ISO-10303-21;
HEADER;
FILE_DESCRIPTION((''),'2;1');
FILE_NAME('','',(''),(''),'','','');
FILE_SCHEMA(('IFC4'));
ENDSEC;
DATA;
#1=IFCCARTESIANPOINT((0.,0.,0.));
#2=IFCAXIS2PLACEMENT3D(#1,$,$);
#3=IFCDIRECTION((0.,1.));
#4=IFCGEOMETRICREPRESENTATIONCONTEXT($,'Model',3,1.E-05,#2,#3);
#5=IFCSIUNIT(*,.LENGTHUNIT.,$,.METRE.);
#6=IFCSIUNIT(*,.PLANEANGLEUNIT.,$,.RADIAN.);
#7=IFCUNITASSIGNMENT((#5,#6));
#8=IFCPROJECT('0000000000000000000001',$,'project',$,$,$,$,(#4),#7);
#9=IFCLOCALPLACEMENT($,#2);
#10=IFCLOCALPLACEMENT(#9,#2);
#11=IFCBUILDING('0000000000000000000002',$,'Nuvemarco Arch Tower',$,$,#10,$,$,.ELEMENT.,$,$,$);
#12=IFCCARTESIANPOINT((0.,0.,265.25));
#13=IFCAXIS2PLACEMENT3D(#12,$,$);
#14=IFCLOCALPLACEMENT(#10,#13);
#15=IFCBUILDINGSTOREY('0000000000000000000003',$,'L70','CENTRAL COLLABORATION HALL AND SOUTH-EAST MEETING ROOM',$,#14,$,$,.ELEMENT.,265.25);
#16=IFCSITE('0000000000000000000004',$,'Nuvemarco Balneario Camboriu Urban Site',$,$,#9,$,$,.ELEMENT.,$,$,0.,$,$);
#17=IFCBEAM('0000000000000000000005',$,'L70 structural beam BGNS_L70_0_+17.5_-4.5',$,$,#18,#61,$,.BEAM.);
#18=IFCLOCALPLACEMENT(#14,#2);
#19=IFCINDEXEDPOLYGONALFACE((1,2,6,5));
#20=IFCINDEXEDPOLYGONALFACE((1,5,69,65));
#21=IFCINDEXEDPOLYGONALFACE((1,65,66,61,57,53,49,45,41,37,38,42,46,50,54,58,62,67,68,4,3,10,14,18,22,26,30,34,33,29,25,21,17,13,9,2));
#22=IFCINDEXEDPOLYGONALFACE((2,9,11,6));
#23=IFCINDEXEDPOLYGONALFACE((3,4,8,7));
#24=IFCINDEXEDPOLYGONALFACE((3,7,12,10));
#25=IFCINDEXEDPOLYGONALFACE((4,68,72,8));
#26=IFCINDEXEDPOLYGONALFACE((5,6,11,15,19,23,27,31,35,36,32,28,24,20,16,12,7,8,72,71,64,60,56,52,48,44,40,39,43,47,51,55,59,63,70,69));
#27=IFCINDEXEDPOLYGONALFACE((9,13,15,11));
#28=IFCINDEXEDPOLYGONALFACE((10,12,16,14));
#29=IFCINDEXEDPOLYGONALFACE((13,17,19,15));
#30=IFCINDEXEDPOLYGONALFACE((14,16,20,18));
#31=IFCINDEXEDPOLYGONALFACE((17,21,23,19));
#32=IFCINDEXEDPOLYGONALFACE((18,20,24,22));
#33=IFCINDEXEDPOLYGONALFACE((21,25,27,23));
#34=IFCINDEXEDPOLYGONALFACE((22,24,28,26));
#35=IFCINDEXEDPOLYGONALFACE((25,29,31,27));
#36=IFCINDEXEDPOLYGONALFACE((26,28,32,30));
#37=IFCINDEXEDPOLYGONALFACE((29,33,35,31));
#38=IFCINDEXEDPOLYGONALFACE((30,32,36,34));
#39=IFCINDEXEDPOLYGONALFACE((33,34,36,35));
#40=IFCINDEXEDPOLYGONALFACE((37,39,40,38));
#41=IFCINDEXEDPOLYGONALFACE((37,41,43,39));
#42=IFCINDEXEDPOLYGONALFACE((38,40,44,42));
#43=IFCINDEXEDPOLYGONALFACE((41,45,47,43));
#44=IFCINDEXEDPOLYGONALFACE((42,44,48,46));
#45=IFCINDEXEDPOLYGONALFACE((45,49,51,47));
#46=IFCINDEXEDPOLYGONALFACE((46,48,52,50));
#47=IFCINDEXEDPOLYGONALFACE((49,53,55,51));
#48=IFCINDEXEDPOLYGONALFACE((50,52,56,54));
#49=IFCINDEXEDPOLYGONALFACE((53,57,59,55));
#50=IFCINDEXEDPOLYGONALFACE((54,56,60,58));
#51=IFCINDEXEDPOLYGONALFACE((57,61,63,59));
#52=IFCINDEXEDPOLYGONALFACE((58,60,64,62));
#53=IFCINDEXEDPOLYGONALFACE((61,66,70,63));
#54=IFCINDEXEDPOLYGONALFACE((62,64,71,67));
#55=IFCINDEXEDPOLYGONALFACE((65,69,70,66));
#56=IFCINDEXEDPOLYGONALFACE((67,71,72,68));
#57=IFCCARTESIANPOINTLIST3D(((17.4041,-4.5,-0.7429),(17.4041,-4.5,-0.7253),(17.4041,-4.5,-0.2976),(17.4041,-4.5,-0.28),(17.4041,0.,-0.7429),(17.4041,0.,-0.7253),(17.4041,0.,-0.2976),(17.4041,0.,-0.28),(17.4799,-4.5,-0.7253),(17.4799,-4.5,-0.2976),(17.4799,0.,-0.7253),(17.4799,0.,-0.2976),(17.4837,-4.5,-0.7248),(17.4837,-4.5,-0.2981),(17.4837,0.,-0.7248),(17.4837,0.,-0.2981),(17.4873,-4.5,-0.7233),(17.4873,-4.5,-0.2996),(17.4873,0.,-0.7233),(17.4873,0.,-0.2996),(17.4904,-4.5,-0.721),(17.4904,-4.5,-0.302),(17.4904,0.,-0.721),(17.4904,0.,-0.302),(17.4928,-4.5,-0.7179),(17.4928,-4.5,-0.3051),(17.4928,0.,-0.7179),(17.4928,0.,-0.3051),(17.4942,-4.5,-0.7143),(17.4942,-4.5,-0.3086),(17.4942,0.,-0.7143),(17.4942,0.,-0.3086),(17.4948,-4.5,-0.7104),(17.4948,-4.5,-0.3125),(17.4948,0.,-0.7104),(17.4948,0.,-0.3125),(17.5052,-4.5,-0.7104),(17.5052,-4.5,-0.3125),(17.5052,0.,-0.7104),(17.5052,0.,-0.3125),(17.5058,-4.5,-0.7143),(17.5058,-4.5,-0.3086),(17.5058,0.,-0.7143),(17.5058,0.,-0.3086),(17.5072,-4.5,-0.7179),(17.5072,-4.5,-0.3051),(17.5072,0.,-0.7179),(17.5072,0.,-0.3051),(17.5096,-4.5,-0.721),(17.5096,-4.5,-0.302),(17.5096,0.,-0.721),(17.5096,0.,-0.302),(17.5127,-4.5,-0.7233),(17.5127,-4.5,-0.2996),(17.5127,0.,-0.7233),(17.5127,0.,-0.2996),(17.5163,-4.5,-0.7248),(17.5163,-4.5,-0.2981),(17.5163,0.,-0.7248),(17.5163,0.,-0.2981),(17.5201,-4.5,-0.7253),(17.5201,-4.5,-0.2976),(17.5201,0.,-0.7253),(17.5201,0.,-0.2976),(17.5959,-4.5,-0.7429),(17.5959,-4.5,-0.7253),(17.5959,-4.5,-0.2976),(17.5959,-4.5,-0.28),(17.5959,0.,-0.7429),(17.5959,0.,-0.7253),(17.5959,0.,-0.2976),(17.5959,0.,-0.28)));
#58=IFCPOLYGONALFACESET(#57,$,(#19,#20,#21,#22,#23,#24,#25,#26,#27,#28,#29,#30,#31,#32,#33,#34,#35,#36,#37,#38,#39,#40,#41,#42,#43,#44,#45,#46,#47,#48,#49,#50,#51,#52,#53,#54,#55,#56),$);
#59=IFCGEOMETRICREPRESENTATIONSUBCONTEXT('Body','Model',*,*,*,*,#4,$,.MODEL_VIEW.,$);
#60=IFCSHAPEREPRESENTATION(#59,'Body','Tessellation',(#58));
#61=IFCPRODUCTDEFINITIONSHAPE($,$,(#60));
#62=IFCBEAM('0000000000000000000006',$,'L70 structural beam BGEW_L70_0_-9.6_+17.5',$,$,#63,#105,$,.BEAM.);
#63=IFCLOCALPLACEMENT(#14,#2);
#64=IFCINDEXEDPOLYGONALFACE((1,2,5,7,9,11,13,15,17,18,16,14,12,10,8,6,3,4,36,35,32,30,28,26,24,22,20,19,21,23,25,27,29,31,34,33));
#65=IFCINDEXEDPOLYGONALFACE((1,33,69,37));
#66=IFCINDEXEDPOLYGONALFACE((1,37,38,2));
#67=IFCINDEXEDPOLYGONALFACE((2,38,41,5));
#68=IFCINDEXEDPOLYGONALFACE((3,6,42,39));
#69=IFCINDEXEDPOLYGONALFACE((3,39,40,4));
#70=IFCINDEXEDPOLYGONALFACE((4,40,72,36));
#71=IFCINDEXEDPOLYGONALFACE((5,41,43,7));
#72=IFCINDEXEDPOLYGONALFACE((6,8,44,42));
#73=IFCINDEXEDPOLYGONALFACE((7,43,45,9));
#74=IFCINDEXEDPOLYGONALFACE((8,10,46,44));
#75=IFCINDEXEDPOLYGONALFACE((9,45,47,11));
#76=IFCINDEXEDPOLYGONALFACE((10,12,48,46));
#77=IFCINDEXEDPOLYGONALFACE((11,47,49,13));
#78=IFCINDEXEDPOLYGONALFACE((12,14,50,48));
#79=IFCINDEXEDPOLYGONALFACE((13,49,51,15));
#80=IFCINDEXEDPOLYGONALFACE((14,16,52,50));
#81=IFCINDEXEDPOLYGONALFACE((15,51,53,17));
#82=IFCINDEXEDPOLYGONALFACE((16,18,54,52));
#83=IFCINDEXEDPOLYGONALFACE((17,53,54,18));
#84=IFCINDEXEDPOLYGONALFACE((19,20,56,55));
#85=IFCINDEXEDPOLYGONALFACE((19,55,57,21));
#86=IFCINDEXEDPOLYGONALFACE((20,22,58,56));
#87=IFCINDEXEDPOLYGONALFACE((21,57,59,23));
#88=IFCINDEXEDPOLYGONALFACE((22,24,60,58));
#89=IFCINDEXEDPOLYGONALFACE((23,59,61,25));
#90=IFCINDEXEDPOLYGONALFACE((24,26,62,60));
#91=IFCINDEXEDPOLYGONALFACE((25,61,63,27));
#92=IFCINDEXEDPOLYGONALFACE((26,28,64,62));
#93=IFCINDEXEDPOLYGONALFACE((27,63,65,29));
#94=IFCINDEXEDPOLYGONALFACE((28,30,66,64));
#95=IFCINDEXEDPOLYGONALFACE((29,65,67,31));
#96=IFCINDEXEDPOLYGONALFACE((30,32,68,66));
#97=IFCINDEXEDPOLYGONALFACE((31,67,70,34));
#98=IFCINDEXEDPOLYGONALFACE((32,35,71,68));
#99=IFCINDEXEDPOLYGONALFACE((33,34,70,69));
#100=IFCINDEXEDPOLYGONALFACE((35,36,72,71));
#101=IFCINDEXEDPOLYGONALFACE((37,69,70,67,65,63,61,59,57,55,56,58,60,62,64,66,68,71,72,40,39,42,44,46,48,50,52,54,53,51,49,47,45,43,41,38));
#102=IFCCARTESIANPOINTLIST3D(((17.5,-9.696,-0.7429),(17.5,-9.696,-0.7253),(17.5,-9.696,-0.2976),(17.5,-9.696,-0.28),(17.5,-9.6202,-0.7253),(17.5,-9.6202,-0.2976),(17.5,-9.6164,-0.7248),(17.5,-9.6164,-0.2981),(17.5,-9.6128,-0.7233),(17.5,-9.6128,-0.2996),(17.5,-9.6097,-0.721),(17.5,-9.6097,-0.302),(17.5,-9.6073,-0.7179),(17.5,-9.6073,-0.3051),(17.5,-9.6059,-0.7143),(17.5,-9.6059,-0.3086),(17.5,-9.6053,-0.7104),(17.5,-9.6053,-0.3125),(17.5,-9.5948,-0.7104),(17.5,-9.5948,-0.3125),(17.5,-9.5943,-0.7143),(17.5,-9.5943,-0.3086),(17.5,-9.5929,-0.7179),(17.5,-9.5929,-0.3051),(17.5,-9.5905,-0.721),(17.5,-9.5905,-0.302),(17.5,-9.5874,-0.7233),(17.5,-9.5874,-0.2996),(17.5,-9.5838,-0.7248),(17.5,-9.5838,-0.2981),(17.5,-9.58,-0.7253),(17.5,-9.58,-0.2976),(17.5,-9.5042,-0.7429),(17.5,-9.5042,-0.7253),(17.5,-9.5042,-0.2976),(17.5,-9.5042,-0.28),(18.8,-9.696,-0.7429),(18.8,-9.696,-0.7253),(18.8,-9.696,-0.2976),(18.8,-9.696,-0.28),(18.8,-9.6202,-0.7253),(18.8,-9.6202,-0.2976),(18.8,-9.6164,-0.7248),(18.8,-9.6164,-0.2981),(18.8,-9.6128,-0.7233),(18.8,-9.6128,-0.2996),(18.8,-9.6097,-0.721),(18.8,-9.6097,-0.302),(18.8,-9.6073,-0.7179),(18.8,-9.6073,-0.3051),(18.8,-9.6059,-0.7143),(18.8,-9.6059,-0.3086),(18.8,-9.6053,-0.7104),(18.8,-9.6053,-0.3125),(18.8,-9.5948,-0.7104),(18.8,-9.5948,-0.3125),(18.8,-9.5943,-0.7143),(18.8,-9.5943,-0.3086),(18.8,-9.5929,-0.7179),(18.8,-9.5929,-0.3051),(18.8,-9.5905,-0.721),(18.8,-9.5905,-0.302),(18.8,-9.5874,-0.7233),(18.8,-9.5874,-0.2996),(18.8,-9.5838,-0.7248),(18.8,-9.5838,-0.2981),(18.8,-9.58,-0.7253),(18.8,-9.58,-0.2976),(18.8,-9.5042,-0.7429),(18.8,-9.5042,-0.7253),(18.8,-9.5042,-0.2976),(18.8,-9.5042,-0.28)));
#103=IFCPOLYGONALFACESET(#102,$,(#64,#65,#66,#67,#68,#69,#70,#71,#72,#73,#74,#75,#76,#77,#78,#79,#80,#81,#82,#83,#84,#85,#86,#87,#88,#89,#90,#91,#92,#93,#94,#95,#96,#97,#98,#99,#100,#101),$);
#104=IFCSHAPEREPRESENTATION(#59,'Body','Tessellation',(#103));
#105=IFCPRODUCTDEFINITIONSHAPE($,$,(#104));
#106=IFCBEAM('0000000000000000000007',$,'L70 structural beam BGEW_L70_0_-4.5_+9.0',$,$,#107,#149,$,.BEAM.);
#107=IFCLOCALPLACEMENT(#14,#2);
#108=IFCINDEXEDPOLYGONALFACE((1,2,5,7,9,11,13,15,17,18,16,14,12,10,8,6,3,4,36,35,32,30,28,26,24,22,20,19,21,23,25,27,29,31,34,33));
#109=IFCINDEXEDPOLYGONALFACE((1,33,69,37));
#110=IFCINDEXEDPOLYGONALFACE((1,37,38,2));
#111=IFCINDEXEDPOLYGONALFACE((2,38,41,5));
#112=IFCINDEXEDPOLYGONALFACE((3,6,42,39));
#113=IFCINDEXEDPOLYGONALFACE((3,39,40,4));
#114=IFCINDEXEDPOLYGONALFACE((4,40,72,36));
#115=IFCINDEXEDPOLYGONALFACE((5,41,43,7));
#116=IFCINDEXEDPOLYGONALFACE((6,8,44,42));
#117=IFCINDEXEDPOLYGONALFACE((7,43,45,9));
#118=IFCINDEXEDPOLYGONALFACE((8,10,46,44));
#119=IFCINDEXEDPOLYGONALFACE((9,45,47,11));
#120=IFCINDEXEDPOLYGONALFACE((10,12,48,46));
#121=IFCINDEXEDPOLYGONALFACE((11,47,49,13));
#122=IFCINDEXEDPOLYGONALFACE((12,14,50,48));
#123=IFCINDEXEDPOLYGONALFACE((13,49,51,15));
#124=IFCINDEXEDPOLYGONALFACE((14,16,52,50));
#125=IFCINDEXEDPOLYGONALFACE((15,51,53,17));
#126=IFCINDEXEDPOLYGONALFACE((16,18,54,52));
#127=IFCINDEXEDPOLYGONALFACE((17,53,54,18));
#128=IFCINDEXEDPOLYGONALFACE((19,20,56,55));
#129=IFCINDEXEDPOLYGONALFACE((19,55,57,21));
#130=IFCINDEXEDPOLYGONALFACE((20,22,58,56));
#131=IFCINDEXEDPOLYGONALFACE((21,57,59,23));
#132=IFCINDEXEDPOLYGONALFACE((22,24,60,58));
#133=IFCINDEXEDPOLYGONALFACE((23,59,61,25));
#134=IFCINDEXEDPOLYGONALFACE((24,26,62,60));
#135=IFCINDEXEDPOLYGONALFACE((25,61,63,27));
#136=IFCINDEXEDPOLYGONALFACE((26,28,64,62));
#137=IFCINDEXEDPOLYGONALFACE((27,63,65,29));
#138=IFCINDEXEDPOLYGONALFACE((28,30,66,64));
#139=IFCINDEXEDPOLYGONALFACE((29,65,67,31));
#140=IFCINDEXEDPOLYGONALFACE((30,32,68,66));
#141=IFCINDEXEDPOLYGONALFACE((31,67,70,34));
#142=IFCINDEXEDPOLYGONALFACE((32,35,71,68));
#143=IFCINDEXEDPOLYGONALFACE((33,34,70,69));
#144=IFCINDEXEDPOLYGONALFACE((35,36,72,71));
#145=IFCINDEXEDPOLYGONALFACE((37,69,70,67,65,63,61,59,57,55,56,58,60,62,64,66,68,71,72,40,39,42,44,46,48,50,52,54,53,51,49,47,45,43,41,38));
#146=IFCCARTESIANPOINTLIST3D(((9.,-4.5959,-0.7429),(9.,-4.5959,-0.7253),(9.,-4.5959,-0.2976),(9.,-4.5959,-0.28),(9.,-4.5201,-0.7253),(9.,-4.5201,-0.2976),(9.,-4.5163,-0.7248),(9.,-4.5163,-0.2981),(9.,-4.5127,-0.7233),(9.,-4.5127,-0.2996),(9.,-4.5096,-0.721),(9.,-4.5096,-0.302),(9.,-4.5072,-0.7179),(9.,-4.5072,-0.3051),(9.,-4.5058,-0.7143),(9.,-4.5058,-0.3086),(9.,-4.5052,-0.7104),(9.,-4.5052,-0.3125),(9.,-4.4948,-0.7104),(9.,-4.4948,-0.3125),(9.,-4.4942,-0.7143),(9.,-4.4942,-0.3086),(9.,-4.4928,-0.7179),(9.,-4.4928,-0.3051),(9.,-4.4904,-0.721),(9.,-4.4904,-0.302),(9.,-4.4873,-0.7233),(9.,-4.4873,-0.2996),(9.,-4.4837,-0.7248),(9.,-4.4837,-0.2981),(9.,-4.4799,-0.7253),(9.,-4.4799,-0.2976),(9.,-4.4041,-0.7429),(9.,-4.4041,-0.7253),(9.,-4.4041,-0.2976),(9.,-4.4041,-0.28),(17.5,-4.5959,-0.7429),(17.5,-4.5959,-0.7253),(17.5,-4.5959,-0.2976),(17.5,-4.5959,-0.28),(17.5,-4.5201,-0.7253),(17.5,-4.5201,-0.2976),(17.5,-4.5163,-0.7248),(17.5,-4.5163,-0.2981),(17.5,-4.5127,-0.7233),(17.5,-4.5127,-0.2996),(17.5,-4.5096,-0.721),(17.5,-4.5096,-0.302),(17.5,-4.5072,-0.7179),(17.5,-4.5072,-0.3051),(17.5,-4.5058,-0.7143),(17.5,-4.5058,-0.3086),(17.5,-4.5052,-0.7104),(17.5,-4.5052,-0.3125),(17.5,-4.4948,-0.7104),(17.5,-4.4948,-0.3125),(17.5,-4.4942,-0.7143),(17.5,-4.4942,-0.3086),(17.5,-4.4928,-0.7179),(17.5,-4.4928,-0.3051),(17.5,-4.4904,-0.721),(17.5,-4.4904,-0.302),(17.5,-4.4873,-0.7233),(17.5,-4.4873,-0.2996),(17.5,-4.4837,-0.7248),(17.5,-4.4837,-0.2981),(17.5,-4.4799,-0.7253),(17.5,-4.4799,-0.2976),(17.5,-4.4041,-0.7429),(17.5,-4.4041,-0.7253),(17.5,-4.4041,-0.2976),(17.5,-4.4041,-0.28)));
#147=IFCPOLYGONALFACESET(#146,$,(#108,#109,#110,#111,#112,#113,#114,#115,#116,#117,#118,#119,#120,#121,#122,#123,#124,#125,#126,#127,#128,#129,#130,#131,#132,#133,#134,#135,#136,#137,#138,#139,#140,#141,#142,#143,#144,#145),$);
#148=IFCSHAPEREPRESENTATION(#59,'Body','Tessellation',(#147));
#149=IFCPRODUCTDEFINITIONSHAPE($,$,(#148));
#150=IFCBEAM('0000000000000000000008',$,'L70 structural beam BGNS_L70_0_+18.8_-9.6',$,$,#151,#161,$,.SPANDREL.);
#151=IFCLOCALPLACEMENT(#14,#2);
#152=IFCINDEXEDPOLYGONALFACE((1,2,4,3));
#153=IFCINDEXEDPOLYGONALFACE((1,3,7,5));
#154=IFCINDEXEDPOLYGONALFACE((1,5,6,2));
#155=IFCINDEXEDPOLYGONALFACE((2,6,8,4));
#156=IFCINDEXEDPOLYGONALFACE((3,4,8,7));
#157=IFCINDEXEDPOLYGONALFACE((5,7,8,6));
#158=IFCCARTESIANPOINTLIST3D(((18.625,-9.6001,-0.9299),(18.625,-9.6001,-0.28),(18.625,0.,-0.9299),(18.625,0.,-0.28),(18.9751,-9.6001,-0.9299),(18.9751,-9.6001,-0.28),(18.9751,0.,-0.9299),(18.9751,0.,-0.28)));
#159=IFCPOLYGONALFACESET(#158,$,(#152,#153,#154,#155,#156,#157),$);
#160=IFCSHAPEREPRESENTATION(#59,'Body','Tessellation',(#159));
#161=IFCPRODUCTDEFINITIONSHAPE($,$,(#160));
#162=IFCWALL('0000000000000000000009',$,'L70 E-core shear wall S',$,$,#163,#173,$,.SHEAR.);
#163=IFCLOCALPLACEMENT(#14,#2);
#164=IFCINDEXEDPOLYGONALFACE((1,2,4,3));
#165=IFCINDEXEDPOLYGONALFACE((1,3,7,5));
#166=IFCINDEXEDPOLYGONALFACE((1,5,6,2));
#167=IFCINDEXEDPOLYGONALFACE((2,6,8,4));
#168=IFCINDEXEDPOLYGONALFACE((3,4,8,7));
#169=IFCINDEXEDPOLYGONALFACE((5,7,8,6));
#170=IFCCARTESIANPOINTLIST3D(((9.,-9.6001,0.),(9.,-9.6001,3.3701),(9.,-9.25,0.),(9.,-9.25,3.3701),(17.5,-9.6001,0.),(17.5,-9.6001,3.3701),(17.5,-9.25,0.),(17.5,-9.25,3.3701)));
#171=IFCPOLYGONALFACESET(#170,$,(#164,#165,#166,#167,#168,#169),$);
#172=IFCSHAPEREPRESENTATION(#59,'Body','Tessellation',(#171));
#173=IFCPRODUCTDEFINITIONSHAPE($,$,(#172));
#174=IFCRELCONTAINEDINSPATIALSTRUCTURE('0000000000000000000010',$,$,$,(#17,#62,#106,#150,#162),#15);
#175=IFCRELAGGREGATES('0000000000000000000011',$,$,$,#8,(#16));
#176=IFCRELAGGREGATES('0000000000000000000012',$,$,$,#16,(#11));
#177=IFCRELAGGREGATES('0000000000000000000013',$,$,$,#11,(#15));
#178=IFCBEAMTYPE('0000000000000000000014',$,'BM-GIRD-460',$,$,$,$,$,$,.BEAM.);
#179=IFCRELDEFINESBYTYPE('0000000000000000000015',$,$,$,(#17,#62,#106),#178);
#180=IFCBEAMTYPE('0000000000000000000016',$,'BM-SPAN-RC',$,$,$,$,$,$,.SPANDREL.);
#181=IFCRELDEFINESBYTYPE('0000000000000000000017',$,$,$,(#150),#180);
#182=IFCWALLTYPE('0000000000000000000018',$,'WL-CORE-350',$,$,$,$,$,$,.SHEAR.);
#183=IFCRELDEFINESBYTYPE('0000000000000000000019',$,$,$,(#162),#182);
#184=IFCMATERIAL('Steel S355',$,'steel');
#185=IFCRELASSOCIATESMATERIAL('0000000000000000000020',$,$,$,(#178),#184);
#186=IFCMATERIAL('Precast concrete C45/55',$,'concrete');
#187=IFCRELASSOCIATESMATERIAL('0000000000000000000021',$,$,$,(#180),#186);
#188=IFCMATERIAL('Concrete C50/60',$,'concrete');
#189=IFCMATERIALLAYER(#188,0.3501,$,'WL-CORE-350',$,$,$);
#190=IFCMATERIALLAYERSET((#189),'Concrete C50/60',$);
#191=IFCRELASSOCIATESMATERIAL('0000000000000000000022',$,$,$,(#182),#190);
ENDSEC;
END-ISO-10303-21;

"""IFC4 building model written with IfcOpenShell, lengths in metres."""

from ifc_helpers import new_model, si_unit, direction, frame, frame_2d, origin, origin_2d, place, context, subcontext, project, spatial, rectangle, i_section, extrude, material, layer, layer_set, material_profile, profile_set, type_object, element, save


model = new_model("IFC4")

# Units and contexts
model_context = context("Model", 3, precision=1e-05, world=origin(), true_north=direction((0.0, 1.0)))
body_context = subcontext(model_context, "Body", "Model", "MODEL_VIEW")
ifc_project = project(units=[si_unit("LENGTHUNIT", "METRE"), si_unit("PLANEANGLEUNIT", "RADIAN")], contexts=[model_context])

# Site, building, storey
site_placement = place(None, origin())
site = spatial("IfcSite", under=ifc_project, at=site_placement, Name="Nuvemarco Balneario Camboriu Urban Site", CompositionType="ELEMENT", RefElevation=0.0)
building_placement = place(site_placement, origin())
building = spatial("IfcBuilding", under=site, at=building_placement, Name="Nuvemarco Arch Tower", CompositionType="ELEMENT")
storey_placement = place(building_placement, frame((0.0, 0.0, 265.25)))
storey = spatial("IfcBuildingStorey", under=building, at=storey_placement, Name="L70", Description="CENTRAL COLLABORATION HALL AND SOUTH-EAST MEETING ROOM", CompositionType="ELEMENT", Elevation=265.25)

# Shared definitions
ifc_material_1 = material(Name="Concrete C50/60", Category="concrete")
ifc_material_2 = material(Name="Steel S355", Category="steel")

# Beams
ifc_material_profile_1 = material_profile(ifc_material_2, i_section(OverallWidth=0.1919, OverallDepth=0.4629, WebThickness=0.0105, FlangeThickness=0.0176, FilletRadius=0.0149, at=origin_2d()), Name="W460x89")
ifc_profile_set_1 = profile_set([ifc_material_profile_1], Name="Steel S355")
beam_type_1 = type_object("IfcBeamType", Name="BM-GIRD-460", PredefinedType="BEAM", material=ifc_profile_set_1)
beam_1_placement = place(storey_placement, frame((17.5, -4.5, -0.5115), z_axis=(0.0, 1.0, 0.0), x_axis=(-1.0, 0.0, 0.0)))
element("IfcBeam", 1, at=beam_1_placement, inside=storey, type_object=beam_type_1, Name="L70 structural beam BGNS_L70_0_+17.5_-4.5", PredefinedType="BEAM", context=body_context, shape_type="SweptSolid", body=[
    extrude(i_section(OverallWidth=0.1919, OverallDepth=0.4629, WebThickness=0.0105, FlangeThickness=0.0176, FilletRadius=0.0149, at=origin_2d()), origin(), (0.0, 0.0, 1.0), 4.5),
])
beam_2_placement = place(storey_placement, frame((17.5, -9.6001, -0.5115), z_axis=(1.0, 0.0, 0.0), x_axis=(0.0, 1.0, 0.0)))
element("IfcBeam", 2, at=beam_2_placement, inside=storey, type_object=beam_type_1, Name="L70 structural beam BGEW_L70_0_-9.6_+17.5", PredefinedType="BEAM", context=body_context, shape_type="SweptSolid", body=[
    extrude(i_section(OverallWidth=0.1919, OverallDepth=0.4629, WebThickness=0.0105, FlangeThickness=0.0176, FilletRadius=0.0149, at=origin_2d()), origin(), (0.0, 0.0, 1.0), 1.3),
])
beam_3_placement = place(storey_placement, frame((9.0, -4.5, -0.5115), z_axis=(1.0, 0.0, 0.0), x_axis=(0.0, 1.0, 0.0)))
element("IfcBeam", 3, at=beam_3_placement, inside=storey, type_object=beam_type_1, Name="L70 structural beam BGEW_L70_0_-4.5_+9.0", PredefinedType="BEAM", context=body_context, shape_type="SweptSolid", body=[
    extrude(i_section(OverallWidth=0.1919, OverallDepth=0.4629, WebThickness=0.0105, FlangeThickness=0.0176, FilletRadius=0.0149, at=origin_2d()), origin(), (0.0, 0.0, 1.0), 8.5),
])
ifc_material_3 = material(Name="Precast concrete C45/55", Category="concrete")
ifc_material_profile_2 = material_profile(ifc_material_3, rectangle(XDim=0.3501, YDim=0.6499, at=origin_2d()), Name="PC-SP-350x650")
ifc_profile_set_2 = profile_set([ifc_material_profile_2], Name="Precast concrete C45/55")
beam_type_2 = type_object("IfcBeamType", Name="BM-SPAN-RC", PredefinedType="SPANDREL", material=ifc_profile_set_2)
beam_4_placement = place(storey_placement, frame((18.8, -9.6001, -0.605), z_axis=(0.0, 1.0, 0.0), x_axis=(-1.0, 0.0, 0.0)))
element("IfcBeam", 4, at=beam_4_placement, inside=storey, type_object=beam_type_2, Name="L70 structural beam BGNS_L70_0_+18.8_-9.6", PredefinedType="SPANDREL", context=body_context, shape_type="SweptSolid", body=[
    extrude(rectangle(XDim=0.3501, YDim=0.6499, at=origin_2d()), origin(), (0.0, 0.0, 1.0), 9.6001),
])

# Wall
ifc_layer_1 = layer(ifc_material_1, 0.3501, Name="WL-CORE-350")
ifc_layer_set_1 = layer_set([ifc_layer_1], Name="Concrete C50/60")
wall_type_1 = type_object("IfcWallType", Name="WL-CORE-350", PredefinedType="SHEAR", material=ifc_layer_set_1)
wall_1_placement = place(storey_placement, frame((9.0, -9.425, 0.0), z_axis=(0.0, 0.0, 1.0), x_axis=(1.0, 0.0, 0.0)))
element("IfcWall", 5, at=wall_1_placement, inside=storey, type_object=wall_type_1, Name="L70 E-core shear wall S", PredefinedType="SHEAR", context=body_context, shape_type="SweptSolid", body=[
    extrude(rectangle(XDim=8.5, YDim=0.3501, at=frame_2d((4.25, 0.0))), origin(), (0.0, 0.0, 1.0), 3.3701),
])

save(model, "model.ifc")
